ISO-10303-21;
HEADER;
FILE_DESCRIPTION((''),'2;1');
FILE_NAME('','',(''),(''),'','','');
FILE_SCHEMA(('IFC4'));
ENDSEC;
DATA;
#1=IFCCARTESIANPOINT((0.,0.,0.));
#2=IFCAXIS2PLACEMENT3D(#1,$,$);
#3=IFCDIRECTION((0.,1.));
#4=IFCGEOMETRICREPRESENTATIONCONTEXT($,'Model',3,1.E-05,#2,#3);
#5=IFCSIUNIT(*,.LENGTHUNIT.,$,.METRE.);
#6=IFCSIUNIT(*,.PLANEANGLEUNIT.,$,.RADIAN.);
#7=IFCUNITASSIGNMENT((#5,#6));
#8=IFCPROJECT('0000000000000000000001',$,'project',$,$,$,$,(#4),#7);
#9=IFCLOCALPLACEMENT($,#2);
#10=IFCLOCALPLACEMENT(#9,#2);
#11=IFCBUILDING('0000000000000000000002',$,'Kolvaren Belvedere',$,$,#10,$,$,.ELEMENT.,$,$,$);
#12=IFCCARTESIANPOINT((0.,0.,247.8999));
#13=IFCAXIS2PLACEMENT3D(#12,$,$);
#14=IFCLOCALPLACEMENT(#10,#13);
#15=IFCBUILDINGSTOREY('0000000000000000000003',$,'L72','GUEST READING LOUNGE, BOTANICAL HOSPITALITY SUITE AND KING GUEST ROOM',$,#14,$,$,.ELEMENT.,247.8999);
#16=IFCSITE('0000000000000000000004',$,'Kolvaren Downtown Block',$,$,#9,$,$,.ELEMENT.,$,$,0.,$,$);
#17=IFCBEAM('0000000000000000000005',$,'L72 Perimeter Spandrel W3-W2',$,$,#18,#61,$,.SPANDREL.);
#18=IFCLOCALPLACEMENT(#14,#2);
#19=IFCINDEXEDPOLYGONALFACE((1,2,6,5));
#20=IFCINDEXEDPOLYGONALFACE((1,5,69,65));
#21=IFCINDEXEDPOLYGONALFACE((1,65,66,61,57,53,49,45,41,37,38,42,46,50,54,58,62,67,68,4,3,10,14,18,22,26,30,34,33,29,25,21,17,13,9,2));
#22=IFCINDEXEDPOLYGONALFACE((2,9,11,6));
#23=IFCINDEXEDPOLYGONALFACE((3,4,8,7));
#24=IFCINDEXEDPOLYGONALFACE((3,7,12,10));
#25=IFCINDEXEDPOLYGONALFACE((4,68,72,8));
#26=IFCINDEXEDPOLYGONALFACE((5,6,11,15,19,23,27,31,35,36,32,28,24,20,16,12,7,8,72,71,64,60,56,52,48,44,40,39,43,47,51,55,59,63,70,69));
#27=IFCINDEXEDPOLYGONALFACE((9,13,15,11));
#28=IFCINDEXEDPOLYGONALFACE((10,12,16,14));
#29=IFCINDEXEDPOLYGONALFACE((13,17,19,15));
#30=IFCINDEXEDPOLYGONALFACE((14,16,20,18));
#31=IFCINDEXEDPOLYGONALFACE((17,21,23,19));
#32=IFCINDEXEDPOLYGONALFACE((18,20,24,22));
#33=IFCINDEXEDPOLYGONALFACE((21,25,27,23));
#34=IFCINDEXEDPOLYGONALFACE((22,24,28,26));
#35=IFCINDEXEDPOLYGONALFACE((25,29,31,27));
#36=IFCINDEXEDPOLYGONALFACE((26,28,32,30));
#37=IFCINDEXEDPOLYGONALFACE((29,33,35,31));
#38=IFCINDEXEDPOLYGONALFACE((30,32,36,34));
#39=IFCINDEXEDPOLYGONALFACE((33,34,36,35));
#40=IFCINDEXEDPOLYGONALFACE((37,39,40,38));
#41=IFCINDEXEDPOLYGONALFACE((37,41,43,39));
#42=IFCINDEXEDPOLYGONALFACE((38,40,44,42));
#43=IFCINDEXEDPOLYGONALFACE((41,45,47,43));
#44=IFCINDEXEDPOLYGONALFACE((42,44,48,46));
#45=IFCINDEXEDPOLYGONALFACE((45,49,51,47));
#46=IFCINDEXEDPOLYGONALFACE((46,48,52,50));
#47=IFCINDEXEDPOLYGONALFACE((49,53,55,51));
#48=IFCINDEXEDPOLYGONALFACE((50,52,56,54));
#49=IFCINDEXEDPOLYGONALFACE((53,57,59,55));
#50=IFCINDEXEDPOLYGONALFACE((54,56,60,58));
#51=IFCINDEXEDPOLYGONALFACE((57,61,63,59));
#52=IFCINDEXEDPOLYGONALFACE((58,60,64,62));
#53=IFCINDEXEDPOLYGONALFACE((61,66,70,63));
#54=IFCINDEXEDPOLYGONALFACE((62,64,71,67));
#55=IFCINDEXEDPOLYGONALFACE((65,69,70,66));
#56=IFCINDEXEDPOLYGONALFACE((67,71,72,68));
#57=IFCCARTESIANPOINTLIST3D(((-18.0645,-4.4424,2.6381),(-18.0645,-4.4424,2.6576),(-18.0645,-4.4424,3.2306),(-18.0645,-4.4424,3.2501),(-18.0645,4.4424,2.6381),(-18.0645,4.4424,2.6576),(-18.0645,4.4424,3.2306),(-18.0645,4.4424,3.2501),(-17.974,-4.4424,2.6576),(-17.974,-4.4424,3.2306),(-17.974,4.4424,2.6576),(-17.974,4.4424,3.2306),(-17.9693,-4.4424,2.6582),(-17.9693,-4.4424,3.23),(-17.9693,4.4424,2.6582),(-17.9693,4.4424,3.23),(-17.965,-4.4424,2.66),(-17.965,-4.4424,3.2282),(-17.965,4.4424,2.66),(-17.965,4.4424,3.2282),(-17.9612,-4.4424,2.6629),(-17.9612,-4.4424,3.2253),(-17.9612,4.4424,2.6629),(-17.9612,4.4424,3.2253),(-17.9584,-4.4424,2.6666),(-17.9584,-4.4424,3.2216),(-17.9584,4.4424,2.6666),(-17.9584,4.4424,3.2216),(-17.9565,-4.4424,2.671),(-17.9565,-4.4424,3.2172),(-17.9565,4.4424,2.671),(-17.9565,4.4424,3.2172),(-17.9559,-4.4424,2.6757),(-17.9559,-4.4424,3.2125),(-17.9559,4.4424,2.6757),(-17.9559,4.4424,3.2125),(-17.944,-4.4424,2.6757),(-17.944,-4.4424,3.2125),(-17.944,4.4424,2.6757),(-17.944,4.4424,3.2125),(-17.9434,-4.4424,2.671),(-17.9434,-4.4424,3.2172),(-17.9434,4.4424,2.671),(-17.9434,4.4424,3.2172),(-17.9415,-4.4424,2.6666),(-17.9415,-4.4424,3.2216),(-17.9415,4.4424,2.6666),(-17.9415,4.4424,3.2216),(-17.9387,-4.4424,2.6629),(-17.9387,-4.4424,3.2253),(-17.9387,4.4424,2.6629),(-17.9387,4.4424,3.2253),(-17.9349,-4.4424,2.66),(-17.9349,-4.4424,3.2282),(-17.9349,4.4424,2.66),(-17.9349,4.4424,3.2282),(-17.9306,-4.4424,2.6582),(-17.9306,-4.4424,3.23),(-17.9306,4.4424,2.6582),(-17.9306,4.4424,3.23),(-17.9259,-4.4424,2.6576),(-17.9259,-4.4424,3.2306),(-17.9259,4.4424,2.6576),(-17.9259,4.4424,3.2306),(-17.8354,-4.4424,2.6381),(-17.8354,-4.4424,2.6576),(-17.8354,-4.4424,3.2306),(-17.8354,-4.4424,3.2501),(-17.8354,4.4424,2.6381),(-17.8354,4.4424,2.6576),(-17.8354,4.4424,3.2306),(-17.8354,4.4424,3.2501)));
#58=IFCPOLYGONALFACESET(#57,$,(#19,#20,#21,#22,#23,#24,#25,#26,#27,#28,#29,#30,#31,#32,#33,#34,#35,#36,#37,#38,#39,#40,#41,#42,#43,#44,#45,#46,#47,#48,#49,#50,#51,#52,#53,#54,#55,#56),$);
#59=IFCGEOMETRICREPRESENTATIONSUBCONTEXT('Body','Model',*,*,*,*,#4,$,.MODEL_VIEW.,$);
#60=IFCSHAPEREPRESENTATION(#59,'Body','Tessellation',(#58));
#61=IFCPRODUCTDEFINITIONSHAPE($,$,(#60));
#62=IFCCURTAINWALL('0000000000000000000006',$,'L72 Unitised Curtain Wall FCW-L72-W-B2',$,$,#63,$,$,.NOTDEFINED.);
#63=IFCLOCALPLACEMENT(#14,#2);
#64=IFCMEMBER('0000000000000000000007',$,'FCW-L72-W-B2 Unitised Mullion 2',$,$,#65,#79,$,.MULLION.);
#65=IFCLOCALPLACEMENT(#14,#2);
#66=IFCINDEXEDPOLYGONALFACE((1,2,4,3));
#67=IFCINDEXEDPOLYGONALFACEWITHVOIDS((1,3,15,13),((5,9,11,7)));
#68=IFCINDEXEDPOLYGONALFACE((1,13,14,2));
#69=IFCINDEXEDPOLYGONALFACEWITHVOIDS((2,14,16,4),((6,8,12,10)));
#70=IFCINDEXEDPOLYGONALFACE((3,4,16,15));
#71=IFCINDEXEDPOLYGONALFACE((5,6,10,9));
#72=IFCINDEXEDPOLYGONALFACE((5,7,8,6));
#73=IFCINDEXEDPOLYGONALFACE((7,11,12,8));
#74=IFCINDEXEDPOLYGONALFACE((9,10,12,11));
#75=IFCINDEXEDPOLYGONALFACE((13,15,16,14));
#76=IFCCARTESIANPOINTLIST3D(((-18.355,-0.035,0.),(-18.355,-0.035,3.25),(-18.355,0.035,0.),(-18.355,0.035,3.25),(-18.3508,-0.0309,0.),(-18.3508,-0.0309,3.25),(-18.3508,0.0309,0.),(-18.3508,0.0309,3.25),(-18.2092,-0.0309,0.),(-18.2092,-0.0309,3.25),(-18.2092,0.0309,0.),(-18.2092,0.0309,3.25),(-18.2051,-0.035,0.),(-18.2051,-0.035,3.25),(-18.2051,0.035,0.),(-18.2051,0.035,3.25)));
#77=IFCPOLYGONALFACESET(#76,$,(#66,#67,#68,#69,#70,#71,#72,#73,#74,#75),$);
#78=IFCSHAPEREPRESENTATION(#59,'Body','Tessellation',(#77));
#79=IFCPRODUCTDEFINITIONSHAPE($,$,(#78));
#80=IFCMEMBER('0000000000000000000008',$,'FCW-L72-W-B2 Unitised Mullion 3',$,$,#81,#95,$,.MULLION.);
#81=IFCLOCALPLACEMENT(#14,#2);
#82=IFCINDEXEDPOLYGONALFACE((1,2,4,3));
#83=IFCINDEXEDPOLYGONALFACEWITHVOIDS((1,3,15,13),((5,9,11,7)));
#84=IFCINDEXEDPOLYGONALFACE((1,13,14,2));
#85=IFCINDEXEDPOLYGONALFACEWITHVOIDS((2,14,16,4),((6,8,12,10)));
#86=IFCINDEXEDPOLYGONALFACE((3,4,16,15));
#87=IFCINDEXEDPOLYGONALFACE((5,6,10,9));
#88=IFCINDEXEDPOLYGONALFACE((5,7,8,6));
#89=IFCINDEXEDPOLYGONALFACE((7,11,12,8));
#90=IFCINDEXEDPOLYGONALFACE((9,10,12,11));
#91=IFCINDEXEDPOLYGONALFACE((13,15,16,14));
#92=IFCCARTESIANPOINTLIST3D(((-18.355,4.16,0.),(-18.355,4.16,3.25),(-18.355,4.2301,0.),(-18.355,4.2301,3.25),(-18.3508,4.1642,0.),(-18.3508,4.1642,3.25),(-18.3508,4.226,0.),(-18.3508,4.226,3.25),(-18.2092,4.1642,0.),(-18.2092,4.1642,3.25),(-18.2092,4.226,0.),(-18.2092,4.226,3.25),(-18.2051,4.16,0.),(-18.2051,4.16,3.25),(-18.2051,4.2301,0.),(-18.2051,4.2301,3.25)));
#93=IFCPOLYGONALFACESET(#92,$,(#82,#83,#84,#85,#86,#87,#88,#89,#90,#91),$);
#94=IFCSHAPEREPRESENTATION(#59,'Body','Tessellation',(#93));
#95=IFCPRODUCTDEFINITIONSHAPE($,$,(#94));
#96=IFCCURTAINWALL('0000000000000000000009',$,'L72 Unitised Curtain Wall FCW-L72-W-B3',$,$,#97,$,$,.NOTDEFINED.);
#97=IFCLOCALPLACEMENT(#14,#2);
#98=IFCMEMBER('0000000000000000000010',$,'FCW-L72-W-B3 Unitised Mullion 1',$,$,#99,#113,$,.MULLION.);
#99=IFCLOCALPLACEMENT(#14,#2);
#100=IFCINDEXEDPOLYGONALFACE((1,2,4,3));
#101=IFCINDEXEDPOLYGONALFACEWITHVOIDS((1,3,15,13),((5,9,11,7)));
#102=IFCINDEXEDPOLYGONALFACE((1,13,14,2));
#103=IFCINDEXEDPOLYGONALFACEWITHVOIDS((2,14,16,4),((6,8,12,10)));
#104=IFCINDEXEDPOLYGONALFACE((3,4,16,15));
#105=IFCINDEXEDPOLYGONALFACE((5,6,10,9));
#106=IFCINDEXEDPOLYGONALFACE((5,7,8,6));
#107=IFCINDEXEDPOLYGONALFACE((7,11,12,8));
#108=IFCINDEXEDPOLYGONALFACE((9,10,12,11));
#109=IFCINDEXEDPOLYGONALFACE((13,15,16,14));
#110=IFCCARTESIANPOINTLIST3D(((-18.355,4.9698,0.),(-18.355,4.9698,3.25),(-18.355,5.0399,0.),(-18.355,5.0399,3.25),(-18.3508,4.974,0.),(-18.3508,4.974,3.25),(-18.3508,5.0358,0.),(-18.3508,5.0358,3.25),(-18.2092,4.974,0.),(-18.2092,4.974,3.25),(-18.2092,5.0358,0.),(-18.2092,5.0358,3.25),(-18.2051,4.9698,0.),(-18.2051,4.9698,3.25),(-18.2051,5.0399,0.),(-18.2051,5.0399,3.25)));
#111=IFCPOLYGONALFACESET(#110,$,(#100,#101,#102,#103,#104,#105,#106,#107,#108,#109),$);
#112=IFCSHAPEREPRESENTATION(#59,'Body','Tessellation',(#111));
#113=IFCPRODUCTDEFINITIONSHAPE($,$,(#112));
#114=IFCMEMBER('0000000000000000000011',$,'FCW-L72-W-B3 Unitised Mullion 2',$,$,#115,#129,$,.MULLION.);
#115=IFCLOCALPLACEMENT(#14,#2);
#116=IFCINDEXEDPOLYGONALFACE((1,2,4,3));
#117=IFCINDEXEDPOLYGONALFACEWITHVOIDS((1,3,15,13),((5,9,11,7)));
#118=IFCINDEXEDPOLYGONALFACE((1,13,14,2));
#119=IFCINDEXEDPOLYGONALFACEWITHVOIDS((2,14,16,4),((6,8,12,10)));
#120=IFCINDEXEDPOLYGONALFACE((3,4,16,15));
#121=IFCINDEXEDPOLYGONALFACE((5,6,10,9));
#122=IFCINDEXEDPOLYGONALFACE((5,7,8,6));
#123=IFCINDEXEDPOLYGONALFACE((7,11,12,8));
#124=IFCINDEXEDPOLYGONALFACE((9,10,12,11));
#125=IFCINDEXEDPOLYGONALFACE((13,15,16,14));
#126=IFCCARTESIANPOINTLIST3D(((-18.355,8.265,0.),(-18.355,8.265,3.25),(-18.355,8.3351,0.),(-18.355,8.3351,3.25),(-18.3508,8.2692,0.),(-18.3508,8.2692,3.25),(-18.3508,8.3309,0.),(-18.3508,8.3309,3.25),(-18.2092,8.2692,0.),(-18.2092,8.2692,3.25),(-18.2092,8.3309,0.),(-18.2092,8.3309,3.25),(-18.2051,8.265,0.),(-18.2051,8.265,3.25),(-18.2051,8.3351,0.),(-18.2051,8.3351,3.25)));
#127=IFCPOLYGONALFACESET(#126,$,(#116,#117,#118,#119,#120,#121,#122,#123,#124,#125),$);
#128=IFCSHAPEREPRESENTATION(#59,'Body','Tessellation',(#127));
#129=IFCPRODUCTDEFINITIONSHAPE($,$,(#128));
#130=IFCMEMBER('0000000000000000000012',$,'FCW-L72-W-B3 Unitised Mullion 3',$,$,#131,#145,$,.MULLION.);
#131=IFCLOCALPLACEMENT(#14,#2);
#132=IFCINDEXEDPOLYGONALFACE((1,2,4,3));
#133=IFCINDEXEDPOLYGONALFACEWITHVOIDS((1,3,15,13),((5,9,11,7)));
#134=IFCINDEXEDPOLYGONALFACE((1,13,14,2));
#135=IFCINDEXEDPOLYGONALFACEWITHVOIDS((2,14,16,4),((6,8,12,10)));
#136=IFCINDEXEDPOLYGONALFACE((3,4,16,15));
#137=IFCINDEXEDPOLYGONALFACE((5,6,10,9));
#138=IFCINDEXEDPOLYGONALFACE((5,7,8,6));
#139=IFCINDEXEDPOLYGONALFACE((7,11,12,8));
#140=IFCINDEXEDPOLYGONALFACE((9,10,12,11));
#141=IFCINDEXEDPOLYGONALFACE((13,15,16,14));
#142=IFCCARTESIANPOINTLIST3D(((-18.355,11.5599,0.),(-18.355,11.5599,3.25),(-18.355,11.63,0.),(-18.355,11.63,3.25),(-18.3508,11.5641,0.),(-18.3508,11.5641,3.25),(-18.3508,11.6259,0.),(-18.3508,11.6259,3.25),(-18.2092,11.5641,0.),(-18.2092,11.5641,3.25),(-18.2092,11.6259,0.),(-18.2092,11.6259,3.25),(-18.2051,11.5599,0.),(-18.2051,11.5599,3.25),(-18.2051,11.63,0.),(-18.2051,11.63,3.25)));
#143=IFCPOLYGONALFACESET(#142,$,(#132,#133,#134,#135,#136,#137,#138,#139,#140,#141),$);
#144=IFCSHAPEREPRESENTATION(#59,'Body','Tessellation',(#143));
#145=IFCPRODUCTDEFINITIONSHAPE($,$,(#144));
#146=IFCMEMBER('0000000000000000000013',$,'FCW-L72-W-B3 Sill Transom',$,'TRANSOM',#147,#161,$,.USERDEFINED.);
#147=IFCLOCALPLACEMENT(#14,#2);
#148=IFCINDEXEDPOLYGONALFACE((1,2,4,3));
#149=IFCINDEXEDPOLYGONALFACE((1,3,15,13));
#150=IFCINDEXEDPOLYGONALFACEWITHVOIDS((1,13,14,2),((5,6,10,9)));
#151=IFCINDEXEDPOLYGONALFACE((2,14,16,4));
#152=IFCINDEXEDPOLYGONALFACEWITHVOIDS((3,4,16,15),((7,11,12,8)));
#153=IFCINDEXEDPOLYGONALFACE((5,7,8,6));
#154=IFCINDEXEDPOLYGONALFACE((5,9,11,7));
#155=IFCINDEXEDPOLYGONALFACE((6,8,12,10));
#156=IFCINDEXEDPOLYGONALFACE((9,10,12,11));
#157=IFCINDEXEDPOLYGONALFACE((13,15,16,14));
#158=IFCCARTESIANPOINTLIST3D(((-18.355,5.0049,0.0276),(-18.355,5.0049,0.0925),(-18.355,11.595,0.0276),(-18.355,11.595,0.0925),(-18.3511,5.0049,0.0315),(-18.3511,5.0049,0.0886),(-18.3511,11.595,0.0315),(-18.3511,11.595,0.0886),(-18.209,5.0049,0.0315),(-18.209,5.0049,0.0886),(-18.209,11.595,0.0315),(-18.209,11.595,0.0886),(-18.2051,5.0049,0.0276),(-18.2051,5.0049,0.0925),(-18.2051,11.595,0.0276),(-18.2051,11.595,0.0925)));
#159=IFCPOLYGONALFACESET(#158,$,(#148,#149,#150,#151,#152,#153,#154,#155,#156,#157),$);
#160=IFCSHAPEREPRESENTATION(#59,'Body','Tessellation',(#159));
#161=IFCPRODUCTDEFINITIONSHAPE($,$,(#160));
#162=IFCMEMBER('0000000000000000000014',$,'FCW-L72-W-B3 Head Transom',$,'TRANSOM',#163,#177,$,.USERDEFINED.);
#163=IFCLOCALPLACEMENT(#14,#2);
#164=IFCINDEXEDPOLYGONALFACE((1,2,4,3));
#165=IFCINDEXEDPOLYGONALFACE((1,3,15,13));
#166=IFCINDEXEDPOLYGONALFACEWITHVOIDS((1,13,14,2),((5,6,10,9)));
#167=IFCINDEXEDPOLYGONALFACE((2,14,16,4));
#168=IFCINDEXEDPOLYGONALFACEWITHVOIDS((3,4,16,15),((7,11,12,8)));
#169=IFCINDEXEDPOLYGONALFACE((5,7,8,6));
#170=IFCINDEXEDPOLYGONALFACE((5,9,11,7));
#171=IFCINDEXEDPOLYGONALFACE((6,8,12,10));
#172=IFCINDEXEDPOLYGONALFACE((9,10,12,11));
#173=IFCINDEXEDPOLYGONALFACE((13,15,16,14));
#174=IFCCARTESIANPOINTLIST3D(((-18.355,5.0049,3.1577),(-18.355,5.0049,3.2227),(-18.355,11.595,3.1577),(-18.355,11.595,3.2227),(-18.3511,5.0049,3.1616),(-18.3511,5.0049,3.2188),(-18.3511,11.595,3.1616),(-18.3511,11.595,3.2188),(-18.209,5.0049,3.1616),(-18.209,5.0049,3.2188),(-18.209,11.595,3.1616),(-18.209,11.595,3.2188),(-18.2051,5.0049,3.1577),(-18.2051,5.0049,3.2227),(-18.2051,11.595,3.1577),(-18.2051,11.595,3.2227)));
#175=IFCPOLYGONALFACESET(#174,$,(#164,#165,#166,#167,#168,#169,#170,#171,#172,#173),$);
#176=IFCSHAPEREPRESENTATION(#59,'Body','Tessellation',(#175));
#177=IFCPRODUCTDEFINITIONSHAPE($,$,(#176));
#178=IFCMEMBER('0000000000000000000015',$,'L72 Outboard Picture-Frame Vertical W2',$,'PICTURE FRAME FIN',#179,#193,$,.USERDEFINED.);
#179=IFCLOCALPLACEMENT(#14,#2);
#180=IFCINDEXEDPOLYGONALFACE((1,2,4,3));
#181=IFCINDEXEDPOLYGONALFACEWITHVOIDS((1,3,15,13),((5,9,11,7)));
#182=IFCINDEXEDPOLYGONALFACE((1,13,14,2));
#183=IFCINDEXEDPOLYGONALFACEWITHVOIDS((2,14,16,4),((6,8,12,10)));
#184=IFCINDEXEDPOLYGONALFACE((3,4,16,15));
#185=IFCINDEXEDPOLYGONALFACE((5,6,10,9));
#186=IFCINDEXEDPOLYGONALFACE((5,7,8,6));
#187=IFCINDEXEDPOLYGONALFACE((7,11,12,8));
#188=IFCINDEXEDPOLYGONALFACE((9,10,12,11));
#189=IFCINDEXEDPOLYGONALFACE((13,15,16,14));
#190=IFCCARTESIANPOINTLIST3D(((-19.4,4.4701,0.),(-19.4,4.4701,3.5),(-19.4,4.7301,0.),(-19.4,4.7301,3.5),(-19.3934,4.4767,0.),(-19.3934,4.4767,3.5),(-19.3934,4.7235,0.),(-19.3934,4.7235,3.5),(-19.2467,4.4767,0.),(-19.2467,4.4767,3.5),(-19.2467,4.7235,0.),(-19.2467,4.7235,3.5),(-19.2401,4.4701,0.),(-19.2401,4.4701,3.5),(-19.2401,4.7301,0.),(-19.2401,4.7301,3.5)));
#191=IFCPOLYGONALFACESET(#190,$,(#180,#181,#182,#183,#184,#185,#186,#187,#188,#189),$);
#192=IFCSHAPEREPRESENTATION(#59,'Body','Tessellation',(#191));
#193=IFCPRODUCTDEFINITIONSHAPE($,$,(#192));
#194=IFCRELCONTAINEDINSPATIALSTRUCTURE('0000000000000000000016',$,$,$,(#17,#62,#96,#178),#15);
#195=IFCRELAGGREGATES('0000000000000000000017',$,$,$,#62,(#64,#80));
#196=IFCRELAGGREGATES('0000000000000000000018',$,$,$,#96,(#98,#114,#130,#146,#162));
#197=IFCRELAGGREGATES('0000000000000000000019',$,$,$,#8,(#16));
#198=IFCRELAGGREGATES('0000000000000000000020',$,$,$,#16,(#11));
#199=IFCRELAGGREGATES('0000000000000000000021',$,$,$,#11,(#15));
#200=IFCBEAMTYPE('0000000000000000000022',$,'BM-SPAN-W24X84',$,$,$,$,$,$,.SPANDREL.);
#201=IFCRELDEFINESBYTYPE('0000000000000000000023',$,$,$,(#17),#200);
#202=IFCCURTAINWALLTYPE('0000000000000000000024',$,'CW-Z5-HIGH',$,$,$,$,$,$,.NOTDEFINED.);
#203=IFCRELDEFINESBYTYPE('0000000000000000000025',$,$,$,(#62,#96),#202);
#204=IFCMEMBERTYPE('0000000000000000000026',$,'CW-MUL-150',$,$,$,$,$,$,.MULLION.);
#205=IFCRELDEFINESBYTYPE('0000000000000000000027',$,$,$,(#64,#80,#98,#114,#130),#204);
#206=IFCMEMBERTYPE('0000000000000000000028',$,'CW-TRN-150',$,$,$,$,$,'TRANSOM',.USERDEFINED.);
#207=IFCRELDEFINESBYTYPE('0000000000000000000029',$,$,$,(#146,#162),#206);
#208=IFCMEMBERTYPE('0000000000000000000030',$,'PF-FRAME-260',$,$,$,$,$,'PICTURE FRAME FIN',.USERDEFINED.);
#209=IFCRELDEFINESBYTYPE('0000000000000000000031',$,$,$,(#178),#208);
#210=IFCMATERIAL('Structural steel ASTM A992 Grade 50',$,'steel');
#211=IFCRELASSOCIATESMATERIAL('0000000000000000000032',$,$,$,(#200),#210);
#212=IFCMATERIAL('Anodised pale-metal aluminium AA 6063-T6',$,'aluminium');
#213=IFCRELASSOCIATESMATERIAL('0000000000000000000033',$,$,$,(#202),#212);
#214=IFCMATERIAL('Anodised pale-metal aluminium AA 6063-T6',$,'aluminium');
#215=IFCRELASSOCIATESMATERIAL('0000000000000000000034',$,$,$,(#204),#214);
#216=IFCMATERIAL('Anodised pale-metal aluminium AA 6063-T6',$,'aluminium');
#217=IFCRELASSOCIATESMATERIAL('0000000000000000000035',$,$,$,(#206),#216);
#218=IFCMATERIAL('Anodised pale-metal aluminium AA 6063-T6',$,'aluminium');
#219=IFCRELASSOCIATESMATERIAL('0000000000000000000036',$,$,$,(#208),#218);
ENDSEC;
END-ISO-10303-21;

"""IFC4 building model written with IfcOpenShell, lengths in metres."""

from ifc_helpers import new_model, si_unit, direction, frame, origin, origin_2d, place, context, subcontext, project, spatial, hollow_rectangle, i_section, extrude, material, material_profile, profile_set, type_object, element, aggregate, save


model = new_model("IFC4")

# Units and contexts
model_context = context("Model", 3, precision=1e-05, world=origin(), true_north=direction((0.0, 1.0)))
body_context = subcontext(model_context, "Body", "Model", "MODEL_VIEW")
ifc_project = project(units=[si_unit("LENGTHUNIT", "METRE"), si_unit("PLANEANGLEUNIT", "RADIAN")], contexts=[model_context])

# Site, building, storey
site_placement = place(None, origin())
site = spatial("IfcSite", under=ifc_project, at=site_placement, Name="Kolvaren Downtown Block", CompositionType="ELEMENT", RefElevation=0.0)
building_placement = place(site_placement, origin())
building = spatial("IfcBuilding", under=site, at=building_placement, Name="Kolvaren Belvedere", CompositionType="ELEMENT")
storey_placement = place(building_placement, frame((0.0, 0.0, 247.8999)))
storey = spatial("IfcBuildingStorey", under=building, at=storey_placement, Name="L72", Description="GUEST READING LOUNGE, BOTANICAL HOSPITALITY SUITE AND KING GUEST ROOM", CompositionType="ELEMENT", Elevation=247.8999)

# Beam
ifc_material_1 = material(Name="Structural steel ASTM A992 Grade 50", Category="steel")
ifc_material_profile_1 = material_profile(ifc_material_1, i_section(OverallWidth=0.229, OverallDepth=0.6121, WebThickness=0.012, FlangeThickness=0.0195, FilletRadius=0.0181, at=origin_2d()), Name="W24X84")
ifc_profile_set_1 = profile_set([ifc_material_profile_1], Name="Structural steel ASTM A992 Grade 50")
beam_type_1 = type_object("IfcBeamType", Name="BM-SPAN-W24X84", PredefinedType="SPANDREL", material=ifc_profile_set_1)
beam_1_placement = place(storey_placement, frame((-17.95, 4.4424, 2.9441), z_axis=(0.0, -1.0, 0.0), x_axis=(1.0, 0.0, 0.0)))
element("IfcBeam", 1, at=beam_1_placement, inside=storey, type_object=beam_type_1, Name="L72 Perimeter Spandrel W3-W2", PredefinedType="SPANDREL", context=body_context, shape_type="SweptSolid", body=[
    extrude(i_section(OverallWidth=0.229, OverallDepth=0.6121, WebThickness=0.012, FlangeThickness=0.0195, FilletRadius=0.0181, at=origin_2d()), origin(), (0.0, 0.0, 1.0), 8.8848),
])

# Curtain walls, members
ifc_material_2 = material(Name="Anodised pale-metal aluminium AA 6063-T6", Category="aluminium")
curtain_wall_type = type_object("IfcCurtainWallType", Name="CW-Z5-HIGH", PredefinedType="NOTDEFINED", material=ifc_material_2)
curtain_wall_1_placement = place(storey_placement, origin())
curtain_wall_1 = element("IfcCurtainWall", 2, at=curtain_wall_1_placement, inside=storey, type_object=curtain_wall_type, Name="L72 Unitised Curtain Wall FCW-L72-W-B2", PredefinedType="NOTDEFINED")
ifc_material_3 = material(Name="Anodised pale-metal aluminium AA 6063-T6", Category="aluminium")
ifc_material_profile_2 = material_profile(ifc_material_3, hollow_rectangle(XDim=0.0701, YDim=0.1499, WallThickness=0.0042, at=origin_2d()), Name="ALU-MUL-150X70")
ifc_profile_set_2 = profile_set([ifc_material_profile_2], Name="Anodised pale-metal aluminium AA 6063-T6")
member_type_1 = type_object("IfcMemberType", Name="CW-MUL-150", PredefinedType="MULLION", material=ifc_profile_set_2)
member_1_placement = place(storey_placement, frame((-18.28, 0.0, 0.0), z_axis=(0.0, 0.0, 1.0), x_axis=(0.0, 1.0, 0.0)))
member_1 = element("IfcMember", 3, at=member_1_placement, type_object=member_type_1, Name="FCW-L72-W-B2 Unitised Mullion 2", PredefinedType="MULLION", context=body_context, shape_type="SweptSolid", body=[
    extrude(hollow_rectangle(XDim=0.0701, YDim=0.1499, WallThickness=0.0042, at=origin_2d()), origin(), (0.0, 0.0, 1.0), 3.25),
])
member_2_placement = place(storey_placement, frame((-18.28, 4.1951, 0.0), z_axis=(0.0, 0.0, 1.0), x_axis=(0.0, 1.0, 0.0)))
member_2 = element("IfcMember", 4, at=member_2_placement, type_object=member_type_1, Name="FCW-L72-W-B2 Unitised Mullion 3", PredefinedType="MULLION", context=body_context, shape_type="SweptSolid", body=[
    extrude(hollow_rectangle(XDim=0.0701, YDim=0.1499, WallThickness=0.0042, at=origin_2d()), origin(), (0.0, 0.0, 1.0), 3.25),
])
curtain_wall_2_placement = place(storey_placement, origin())
curtain_wall_2 = element("IfcCurtainWall", 5, at=curtain_wall_2_placement, inside=storey, type_object=curtain_wall_type, Name="L72 Unitised Curtain Wall FCW-L72-W-B3", PredefinedType="NOTDEFINED")
member_3_placement = place(storey_placement, frame((-18.28, 5.0049, 0.0), z_axis=(0.0, 0.0, 1.0), x_axis=(0.0, 1.0, 0.0)))
member_3 = element("IfcMember", 6, at=member_3_placement, type_object=member_type_1, Name="FCW-L72-W-B3 Unitised Mullion 1", PredefinedType="MULLION", context=body_context, shape_type="SweptSolid", body=[
    extrude(hollow_rectangle(XDim=0.0701, YDim=0.1499, WallThickness=0.0042, at=origin_2d()), origin(), (0.0, 0.0, 1.0), 3.25),
])
member_4_placement = place(storey_placement, frame((-18.28, 8.3, 0.0), z_axis=(0.0, 0.0, 1.0), x_axis=(0.0, 1.0, 0.0)))
member_4 = element("IfcMember", 7, at=member_4_placement, type_object=member_type_1, Name="FCW-L72-W-B3 Unitised Mullion 2", PredefinedType="MULLION", context=body_context, shape_type="SweptSolid", body=[
    extrude(hollow_rectangle(XDim=0.0701, YDim=0.1499, WallThickness=0.0042, at=origin_2d()), origin(), (0.0, 0.0, 1.0), 3.25),
])
member_5_placement = place(storey_placement, frame((-18.28, 11.595, 0.0), z_axis=(0.0, 0.0, 1.0), x_axis=(0.0, 1.0, 0.0)))
member_5 = element("IfcMember", 8, at=member_5_placement, type_object=member_type_1, Name="FCW-L72-W-B3 Unitised Mullion 3", PredefinedType="MULLION", context=body_context, shape_type="SweptSolid", body=[
    extrude(hollow_rectangle(XDim=0.0701, YDim=0.1499, WallThickness=0.0042, at=origin_2d()), origin(), (0.0, 0.0, 1.0), 3.25),
])
ifc_material_4 = material(Name="Anodised pale-metal aluminium AA 6063-T6", Category="aluminium")
ifc_material_profile_3 = material_profile(ifc_material_4, hollow_rectangle(XDim=0.0649, YDim=0.1499, WallThickness=0.0039, at=origin_2d()), Name="ALU-TRN-150X65")
ifc_profile_set_3 = profile_set([ifc_material_profile_3], Name="Anodised pale-metal aluminium AA 6063-T6")
member_type_2 = type_object("IfcMemberType", Name="CW-TRN-150", ElementType="TRANSOM", PredefinedType="USERDEFINED", material=ifc_profile_set_3)
member_6_placement = place(storey_placement, frame((-18.28, 5.0049, 0.0601), z_axis=(0.0, 1.0, 0.0), x_axis=(0.0, 0.0, 1.0)))
member_6 = element("IfcMember", 9, at=member_6_placement, type_object=member_type_2, Name="FCW-L72-W-B3 Sill Transom", ObjectType="TRANSOM", PredefinedType="USERDEFINED", context=body_context, shape_type="SweptSolid", body=[
    extrude(hollow_rectangle(XDim=0.0649, YDim=0.1499, WallThickness=0.0039, at=origin_2d()), origin(), (0.0, 0.0, 1.0), 6.5901),
])
member_7_placement = place(storey_placement, frame((-18.28, 5.0049, 3.1902), z_axis=(0.0, 1.0, 0.0), x_axis=(0.0, 0.0, 1.0)))
member_7 = element("IfcMember", 10, at=member_7_placement, type_object=member_type_2, Name="FCW-L72-W-B3 Head Transom", ObjectType="TRANSOM", PredefinedType="USERDEFINED", context=body_context, shape_type="SweptSolid", body=[
    extrude(hollow_rectangle(XDim=0.0649, YDim=0.1499, WallThickness=0.0039, at=origin_2d()), origin(), (0.0, 0.0, 1.0), 6.5901),
])

# Member
ifc_material_5 = material(Name="Anodised pale-metal aluminium AA 6063-T6", Category="aluminium")
ifc_material_profile_4 = material_profile(ifc_material_5, hollow_rectangle(XDim=0.1599, YDim=0.26, WallThickness=0.0066, at=origin_2d()), Name="ALU-PF-260X160")
ifc_profile_set_4 = profile_set([ifc_material_profile_4], Name="Anodised pale-metal aluminium AA 6063-T6")
member_type_3 = type_object("IfcMemberType", Name="PF-FRAME-260", ElementType="PICTURE FRAME FIN", PredefinedType="USERDEFINED", material=ifc_profile_set_4)
member_8_placement = place(storey_placement, frame((-19.3201, 4.6001, 0.0), z_axis=(0.0, 0.0, 1.0), x_axis=(1.0, 0.0, 0.0)))
element("IfcMember", 11, at=member_8_placement, inside=storey, type_object=member_type_3, Name="L72 Outboard Picture-Frame Vertical W2", ObjectType="PICTURE FRAME FIN", PredefinedType="USERDEFINED", context=body_context, shape_type="SweptSolid", body=[
    extrude(hollow_rectangle(XDim=0.1599, YDim=0.26, WallThickness=0.0066, at=origin_2d()), origin(), (0.0, 0.0, 1.0), 3.5),
])

aggregate(curtain_wall_1, [member_1, member_2])
aggregate(curtain_wall_2, [member_3, member_4, member_5, member_6, member_7])

save(model, "model.ifc")
